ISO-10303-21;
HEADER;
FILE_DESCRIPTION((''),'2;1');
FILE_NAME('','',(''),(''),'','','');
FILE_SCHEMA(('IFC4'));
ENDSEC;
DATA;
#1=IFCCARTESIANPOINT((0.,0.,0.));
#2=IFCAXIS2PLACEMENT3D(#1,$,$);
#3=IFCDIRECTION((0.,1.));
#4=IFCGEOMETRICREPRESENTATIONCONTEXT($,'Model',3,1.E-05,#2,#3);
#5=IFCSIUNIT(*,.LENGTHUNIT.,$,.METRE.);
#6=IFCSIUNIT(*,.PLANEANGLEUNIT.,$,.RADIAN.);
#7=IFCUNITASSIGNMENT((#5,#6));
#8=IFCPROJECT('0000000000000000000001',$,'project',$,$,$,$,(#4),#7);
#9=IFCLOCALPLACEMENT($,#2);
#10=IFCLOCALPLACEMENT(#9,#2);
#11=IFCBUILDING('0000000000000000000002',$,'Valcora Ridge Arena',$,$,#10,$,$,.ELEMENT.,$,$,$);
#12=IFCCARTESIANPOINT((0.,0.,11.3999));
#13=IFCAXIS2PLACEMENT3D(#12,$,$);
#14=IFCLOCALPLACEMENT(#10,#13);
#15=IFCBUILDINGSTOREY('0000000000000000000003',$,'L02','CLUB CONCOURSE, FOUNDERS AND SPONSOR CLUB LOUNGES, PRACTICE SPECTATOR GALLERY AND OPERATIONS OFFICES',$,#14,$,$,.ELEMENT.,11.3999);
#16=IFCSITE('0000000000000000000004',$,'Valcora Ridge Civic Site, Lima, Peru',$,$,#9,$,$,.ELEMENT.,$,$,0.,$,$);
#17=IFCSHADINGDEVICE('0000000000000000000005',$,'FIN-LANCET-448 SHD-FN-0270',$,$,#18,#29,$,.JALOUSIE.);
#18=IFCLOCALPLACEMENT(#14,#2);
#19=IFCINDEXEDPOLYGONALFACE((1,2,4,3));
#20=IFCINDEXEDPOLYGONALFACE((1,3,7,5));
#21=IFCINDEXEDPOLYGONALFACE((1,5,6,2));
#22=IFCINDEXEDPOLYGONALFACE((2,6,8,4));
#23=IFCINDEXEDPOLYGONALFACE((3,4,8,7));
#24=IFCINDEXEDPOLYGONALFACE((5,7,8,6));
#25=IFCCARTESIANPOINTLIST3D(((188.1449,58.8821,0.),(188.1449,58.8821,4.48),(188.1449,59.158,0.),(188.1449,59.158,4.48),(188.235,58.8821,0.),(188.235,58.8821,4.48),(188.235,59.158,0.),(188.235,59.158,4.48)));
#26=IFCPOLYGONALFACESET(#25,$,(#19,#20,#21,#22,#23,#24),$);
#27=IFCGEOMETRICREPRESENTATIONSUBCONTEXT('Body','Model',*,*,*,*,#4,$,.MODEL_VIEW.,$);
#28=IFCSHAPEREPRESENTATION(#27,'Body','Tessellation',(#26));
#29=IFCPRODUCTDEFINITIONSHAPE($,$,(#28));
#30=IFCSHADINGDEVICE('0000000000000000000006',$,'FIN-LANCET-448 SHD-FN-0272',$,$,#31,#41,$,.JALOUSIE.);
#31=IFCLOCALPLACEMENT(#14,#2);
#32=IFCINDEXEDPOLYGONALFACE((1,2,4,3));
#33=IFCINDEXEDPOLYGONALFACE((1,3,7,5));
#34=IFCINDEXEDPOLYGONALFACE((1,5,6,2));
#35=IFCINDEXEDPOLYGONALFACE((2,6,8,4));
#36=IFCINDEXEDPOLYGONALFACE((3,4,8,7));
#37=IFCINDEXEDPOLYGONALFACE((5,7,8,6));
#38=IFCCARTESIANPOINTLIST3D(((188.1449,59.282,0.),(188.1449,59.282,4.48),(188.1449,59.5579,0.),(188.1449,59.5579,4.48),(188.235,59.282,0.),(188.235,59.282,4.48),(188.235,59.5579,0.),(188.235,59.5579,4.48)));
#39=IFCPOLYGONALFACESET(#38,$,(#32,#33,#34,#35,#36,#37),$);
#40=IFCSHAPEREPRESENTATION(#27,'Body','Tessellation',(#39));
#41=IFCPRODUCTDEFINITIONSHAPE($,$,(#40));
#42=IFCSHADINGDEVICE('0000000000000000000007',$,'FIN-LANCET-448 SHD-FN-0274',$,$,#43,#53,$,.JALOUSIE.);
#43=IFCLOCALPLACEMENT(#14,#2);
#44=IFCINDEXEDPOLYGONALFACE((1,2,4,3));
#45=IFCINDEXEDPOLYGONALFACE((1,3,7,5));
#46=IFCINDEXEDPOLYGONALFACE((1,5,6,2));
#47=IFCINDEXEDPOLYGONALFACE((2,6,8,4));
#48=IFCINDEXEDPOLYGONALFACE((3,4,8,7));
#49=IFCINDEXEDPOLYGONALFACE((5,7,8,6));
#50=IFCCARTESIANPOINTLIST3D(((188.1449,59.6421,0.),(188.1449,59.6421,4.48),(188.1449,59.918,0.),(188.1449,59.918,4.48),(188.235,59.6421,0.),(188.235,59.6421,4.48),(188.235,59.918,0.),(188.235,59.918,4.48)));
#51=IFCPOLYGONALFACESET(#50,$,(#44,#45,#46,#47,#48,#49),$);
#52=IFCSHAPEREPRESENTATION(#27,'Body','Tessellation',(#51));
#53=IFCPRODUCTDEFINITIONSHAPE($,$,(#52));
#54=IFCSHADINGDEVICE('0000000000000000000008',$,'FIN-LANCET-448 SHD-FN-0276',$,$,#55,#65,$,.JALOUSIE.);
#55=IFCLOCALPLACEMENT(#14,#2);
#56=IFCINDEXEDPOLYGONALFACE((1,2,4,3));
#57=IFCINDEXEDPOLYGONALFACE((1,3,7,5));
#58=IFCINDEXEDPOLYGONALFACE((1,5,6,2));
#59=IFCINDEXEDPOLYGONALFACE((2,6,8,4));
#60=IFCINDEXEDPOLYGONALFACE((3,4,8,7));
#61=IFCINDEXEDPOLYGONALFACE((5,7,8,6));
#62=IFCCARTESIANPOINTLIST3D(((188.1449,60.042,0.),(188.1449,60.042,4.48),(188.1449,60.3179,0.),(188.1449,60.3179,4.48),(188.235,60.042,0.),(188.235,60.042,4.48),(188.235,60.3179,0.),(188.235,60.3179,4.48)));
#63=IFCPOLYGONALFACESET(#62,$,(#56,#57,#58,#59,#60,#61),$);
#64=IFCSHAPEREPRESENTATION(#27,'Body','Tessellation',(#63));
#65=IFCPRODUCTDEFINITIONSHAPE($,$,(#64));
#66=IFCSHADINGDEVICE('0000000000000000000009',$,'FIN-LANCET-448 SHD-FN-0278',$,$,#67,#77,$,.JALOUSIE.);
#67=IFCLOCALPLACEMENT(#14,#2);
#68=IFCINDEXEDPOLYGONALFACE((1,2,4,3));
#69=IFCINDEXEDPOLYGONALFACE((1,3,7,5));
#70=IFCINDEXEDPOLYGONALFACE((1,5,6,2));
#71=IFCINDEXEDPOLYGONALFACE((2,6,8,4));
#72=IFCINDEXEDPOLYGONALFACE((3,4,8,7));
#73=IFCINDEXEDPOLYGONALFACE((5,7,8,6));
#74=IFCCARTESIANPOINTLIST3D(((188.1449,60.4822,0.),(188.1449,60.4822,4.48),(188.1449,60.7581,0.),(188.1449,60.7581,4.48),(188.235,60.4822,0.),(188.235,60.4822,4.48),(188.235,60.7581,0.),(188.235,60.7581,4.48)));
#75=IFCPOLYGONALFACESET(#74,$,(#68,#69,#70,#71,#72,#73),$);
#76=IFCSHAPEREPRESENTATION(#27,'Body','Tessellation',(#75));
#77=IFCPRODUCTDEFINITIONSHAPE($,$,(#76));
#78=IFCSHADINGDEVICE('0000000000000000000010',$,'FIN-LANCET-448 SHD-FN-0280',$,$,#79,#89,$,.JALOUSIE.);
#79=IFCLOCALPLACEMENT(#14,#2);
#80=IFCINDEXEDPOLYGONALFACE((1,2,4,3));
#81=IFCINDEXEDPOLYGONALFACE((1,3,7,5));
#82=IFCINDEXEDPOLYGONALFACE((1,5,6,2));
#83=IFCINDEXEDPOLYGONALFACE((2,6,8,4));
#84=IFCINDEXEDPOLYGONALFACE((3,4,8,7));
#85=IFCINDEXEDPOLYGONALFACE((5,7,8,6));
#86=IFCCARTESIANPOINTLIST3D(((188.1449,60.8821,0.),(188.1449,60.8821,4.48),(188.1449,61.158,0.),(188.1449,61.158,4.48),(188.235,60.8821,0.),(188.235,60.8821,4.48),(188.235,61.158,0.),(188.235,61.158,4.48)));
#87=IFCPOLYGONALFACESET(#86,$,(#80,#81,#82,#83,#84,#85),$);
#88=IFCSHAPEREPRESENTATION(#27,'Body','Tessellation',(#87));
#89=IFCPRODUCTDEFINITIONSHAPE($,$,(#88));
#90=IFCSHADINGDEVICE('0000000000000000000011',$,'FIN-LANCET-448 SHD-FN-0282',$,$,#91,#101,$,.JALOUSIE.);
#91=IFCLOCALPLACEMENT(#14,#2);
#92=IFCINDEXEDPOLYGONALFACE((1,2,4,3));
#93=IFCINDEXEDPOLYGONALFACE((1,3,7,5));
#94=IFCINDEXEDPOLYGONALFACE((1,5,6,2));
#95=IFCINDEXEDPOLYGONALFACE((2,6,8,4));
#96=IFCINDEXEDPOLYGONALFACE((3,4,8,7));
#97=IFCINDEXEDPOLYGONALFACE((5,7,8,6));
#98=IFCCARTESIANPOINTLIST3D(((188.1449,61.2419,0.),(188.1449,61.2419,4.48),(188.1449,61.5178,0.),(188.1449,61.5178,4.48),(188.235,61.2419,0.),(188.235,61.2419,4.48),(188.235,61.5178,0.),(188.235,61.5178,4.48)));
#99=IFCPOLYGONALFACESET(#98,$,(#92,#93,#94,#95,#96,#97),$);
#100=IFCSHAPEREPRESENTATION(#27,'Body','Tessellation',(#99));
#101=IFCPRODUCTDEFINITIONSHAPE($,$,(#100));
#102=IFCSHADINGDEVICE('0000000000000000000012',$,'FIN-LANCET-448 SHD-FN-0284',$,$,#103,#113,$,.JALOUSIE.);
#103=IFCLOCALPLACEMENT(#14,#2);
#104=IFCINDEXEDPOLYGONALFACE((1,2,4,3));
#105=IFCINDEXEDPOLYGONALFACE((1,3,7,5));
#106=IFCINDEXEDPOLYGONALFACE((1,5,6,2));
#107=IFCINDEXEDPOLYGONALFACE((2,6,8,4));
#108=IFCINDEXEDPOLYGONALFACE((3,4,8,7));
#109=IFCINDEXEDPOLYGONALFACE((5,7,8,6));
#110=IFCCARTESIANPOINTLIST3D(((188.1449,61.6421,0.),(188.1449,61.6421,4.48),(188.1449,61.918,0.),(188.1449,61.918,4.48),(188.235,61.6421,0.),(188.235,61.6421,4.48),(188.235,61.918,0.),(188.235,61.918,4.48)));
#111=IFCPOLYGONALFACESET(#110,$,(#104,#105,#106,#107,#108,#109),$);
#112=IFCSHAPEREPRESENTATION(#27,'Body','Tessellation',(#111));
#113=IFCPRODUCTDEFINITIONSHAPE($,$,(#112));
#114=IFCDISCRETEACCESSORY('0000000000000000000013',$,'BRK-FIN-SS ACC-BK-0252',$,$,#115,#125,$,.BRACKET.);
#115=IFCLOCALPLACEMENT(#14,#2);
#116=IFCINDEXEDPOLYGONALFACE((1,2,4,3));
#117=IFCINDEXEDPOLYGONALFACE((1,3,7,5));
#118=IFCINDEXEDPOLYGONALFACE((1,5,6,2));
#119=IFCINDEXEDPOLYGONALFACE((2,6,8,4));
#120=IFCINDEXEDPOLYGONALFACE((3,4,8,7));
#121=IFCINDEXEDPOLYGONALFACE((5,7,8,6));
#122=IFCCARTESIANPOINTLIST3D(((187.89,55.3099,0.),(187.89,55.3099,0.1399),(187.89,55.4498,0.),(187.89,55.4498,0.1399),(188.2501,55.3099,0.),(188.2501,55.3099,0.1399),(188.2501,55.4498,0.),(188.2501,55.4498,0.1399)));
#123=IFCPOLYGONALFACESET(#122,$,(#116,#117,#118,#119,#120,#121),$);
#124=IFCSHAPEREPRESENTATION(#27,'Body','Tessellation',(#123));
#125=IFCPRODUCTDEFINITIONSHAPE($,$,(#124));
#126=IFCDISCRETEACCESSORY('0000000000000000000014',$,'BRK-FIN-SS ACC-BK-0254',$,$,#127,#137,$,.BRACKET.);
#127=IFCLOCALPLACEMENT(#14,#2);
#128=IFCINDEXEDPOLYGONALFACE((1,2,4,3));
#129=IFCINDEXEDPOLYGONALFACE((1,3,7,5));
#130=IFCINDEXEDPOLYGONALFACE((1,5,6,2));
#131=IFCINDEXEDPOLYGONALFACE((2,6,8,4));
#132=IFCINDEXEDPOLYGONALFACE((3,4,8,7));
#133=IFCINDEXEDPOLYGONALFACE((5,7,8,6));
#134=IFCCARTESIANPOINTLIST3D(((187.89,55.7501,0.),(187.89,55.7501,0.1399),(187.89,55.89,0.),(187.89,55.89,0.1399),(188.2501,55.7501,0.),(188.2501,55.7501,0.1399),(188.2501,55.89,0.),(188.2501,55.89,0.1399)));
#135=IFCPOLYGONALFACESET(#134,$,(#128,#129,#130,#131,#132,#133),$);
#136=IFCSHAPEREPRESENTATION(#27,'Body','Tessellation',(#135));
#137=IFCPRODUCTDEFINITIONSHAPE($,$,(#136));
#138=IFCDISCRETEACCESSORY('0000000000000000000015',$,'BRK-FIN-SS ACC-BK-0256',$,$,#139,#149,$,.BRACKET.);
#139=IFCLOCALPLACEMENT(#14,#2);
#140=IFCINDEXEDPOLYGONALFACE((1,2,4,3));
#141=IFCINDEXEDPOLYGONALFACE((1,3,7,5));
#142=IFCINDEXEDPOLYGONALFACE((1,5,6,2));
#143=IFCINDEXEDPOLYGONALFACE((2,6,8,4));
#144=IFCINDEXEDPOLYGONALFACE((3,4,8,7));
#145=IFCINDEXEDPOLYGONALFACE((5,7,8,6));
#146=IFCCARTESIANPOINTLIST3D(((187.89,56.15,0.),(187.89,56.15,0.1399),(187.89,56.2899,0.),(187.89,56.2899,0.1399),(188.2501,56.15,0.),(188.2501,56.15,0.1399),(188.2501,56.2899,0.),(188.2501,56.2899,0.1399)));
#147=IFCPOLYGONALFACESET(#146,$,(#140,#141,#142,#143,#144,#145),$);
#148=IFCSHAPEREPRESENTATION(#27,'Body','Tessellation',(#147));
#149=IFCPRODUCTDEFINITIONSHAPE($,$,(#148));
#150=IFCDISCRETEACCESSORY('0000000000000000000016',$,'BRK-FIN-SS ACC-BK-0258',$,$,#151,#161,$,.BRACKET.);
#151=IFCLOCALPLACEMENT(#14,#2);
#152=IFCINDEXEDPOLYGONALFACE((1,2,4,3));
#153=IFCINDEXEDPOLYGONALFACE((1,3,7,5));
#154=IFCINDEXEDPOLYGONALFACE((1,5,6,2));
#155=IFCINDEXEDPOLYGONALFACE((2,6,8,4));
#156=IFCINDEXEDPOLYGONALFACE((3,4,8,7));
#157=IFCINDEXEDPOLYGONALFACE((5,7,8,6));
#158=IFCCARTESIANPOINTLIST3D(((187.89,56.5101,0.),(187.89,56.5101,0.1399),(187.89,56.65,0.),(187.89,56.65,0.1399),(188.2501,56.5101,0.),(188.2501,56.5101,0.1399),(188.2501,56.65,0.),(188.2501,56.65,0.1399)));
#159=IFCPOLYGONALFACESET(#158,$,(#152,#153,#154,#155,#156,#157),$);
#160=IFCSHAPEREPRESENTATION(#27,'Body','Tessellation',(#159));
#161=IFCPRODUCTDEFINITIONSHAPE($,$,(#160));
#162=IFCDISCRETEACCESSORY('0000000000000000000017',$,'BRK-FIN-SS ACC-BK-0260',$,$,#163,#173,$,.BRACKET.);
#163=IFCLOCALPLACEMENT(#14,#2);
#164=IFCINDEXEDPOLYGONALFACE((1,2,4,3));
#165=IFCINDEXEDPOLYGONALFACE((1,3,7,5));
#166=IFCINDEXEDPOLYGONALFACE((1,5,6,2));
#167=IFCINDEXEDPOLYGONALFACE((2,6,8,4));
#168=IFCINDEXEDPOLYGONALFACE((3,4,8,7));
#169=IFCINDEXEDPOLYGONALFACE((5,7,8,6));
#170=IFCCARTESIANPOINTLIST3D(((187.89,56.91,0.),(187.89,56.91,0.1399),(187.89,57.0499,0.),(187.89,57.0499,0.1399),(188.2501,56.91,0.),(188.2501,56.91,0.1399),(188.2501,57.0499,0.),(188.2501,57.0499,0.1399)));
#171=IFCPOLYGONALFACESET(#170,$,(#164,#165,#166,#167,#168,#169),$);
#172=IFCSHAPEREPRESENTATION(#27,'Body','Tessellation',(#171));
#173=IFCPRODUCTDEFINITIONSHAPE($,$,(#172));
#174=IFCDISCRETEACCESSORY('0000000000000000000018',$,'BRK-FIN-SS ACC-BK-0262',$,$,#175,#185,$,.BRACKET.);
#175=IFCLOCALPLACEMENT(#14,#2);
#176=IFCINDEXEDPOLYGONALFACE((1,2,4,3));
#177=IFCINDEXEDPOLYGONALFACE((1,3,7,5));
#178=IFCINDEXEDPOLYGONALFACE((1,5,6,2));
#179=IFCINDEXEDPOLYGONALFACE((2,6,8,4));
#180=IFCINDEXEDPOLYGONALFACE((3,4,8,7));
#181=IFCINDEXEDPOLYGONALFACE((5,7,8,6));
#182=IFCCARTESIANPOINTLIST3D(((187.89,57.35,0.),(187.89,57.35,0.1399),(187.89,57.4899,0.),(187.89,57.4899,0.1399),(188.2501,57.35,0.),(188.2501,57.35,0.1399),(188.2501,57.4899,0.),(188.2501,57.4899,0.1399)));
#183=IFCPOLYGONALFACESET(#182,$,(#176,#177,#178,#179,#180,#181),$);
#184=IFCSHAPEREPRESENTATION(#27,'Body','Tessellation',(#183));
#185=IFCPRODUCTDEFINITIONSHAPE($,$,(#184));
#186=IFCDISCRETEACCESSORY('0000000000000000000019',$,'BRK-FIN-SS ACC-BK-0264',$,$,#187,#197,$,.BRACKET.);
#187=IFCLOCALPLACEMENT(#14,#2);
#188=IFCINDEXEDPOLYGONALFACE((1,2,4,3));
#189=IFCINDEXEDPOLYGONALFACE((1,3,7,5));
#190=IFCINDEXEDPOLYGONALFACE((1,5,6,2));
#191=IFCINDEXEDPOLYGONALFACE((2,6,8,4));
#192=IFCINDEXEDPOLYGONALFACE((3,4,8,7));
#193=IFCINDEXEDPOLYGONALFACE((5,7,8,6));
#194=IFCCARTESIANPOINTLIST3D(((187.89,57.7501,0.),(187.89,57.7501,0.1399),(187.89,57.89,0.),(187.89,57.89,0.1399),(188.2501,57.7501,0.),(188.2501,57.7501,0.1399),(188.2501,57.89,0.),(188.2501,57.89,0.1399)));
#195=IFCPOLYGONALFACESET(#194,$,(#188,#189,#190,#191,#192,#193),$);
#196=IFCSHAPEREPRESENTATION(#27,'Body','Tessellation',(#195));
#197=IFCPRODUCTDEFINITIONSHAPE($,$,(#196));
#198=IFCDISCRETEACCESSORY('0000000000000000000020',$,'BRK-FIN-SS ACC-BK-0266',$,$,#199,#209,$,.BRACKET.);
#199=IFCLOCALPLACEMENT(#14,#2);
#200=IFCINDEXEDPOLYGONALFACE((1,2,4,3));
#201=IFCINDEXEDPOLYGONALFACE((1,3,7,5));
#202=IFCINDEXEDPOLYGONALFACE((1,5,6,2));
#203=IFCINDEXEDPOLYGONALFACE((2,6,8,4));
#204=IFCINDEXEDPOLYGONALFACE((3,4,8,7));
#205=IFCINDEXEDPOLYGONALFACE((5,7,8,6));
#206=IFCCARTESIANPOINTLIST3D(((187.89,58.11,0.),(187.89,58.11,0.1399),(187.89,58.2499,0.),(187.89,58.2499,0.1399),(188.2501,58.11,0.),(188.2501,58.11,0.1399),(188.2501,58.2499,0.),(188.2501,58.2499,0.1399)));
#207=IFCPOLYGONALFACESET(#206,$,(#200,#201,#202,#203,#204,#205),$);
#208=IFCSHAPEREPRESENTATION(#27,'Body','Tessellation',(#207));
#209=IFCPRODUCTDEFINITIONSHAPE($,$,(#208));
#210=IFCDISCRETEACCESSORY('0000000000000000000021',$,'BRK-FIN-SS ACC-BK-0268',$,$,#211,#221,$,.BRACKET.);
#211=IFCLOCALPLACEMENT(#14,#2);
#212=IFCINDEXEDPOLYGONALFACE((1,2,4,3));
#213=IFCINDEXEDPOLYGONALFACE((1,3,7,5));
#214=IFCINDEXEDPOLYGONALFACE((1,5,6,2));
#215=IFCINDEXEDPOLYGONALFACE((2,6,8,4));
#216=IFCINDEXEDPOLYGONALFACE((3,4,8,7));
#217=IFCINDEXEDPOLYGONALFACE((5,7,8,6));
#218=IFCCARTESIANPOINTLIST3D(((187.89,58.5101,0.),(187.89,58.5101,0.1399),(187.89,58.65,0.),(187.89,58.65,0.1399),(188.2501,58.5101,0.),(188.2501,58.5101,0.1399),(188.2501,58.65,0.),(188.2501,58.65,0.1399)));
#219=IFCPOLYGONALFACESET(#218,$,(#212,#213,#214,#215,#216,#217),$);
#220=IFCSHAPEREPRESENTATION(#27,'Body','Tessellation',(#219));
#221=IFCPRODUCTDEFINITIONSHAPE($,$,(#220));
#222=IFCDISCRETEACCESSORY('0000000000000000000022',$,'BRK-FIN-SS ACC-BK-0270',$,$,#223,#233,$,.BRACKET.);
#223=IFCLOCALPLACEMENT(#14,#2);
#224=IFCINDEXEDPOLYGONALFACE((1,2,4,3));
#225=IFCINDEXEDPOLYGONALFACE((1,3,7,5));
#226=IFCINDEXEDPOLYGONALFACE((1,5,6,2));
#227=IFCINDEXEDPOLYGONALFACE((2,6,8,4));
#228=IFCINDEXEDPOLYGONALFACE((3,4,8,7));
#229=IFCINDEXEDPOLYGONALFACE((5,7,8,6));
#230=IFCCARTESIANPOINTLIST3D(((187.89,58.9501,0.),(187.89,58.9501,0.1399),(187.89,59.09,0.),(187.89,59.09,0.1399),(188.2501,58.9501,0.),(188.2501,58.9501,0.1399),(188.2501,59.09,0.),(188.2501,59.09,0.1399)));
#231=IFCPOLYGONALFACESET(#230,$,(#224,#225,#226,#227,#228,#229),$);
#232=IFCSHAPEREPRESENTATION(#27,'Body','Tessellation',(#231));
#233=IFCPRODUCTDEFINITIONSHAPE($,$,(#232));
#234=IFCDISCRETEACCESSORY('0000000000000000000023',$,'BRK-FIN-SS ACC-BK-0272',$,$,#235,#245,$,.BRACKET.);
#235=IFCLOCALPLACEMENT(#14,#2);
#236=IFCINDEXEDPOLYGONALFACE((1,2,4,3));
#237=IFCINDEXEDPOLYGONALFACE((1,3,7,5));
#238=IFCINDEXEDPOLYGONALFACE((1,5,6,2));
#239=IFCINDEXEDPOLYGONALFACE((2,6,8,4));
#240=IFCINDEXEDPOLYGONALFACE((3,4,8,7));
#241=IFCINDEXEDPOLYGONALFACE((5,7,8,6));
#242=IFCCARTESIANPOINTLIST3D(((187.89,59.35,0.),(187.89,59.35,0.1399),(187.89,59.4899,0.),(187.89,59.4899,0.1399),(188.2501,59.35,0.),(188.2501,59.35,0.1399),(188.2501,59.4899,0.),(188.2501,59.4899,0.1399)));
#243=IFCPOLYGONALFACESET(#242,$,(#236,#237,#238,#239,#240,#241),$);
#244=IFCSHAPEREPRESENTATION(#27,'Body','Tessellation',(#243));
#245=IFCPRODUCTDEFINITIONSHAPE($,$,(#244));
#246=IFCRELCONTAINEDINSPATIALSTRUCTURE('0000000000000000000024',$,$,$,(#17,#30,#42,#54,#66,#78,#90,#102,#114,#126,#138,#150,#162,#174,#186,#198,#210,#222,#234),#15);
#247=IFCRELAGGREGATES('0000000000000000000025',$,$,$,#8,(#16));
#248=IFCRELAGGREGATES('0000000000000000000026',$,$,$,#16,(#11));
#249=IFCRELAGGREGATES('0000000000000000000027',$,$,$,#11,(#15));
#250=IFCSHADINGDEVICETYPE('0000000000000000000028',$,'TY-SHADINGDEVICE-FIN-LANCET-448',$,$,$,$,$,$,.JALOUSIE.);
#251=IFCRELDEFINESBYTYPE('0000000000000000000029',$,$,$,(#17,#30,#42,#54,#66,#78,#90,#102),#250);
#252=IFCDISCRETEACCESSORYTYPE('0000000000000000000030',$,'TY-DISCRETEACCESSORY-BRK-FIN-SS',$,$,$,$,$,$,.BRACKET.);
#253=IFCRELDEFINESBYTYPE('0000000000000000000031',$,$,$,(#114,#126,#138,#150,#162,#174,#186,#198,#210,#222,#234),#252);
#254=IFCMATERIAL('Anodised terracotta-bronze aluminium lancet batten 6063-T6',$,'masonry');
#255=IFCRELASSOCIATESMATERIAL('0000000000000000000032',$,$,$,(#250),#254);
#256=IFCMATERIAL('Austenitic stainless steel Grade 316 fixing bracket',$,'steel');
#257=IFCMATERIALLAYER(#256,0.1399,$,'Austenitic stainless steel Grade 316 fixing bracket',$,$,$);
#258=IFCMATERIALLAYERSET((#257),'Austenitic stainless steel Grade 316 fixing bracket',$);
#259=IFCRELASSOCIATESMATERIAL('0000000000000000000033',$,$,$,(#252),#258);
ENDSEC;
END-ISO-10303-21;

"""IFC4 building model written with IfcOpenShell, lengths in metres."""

from ifc_helpers import new_model, si_unit, direction, frame, origin, origin_2d, place, context, subcontext, project, spatial, rectangle, extrude, material, layer, layer_set, material_profile, profile_set, type_object, element, save


model = new_model("IFC4")

# Units and contexts
model_context = context("Model", 3, precision=1e-05, world=origin(), true_north=direction((0.0, 1.0)))
body_context = subcontext(model_context, "Body", "Model", "MODEL_VIEW")
ifc_project = project(units=[si_unit("LENGTHUNIT", "METRE"), si_unit("PLANEANGLEUNIT", "RADIAN")], contexts=[model_context])

# Site, building, storey
site_placement = place(None, origin())
site = spatial("IfcSite", under=ifc_project, at=site_placement, Name="Valcora Ridge Civic Site, Lima, Peru", CompositionType="ELEMENT", RefElevation=0.0)
building_placement = place(site_placement, origin())
building = spatial("IfcBuilding", under=site, at=building_placement, Name="Valcora Ridge Arena", CompositionType="ELEMENT")
storey_placement = place(building_placement, frame((0.0, 0.0, 11.3999)))
storey = spatial("IfcBuildingStorey", under=building, at=storey_placement, Name="L02", Description="CLUB CONCOURSE, FOUNDERS AND SPONSOR CLUB LOUNGES, PRACTICE SPECTATOR GALLERY AND OPERATIONS OFFICES", CompositionType="ELEMENT", Elevation=11.3999)

# Shading devices
ifc_material_1 = material(Name="Anodised terracotta-bronze aluminium lancet batten 6063-T6", Category="masonry")
ifc_material_profile_1 = material_profile(ifc_material_1, rectangle(XDim=0.0901, YDim=0.2759, at=origin_2d()), Name="ALU LANCET BATTEN 90x276")
ifc_profile_set_1 = profile_set([ifc_material_profile_1], Name="Anodised terracotta-bronze aluminium lancet batten 6063-T6")
shading_device_type = type_object("IfcShadingDeviceType", Name="TY-SHADINGDEVICE-FIN-LANCET-448", PredefinedType="JALOUSIE", material=ifc_profile_set_1)
for number, where, z_axis, x_axis, name in (
    (1, (188.1899, 59.02, 0.0), (0.0, 0.0, 1.0), (1.0, 0.0, 0.0), "FIN-LANCET-448 SHD-FN-0270"),
    (2, (188.1899, 59.4199, 0.0), (0.0, 0.0, 1.0), (1.0, 0.0, 0.0), "FIN-LANCET-448 SHD-FN-0272"),
    (3, (188.1899, 59.78, 0.0), (0.0, 0.0, 1.0), (1.0, 0.0, 0.0), "FIN-LANCET-448 SHD-FN-0274"),
    (4, (188.1899, 60.1799, 0.0), (0.0, 0.0, 1.0), (1.0, 0.0, 0.0), "FIN-LANCET-448 SHD-FN-0276"),
    (5, (188.1899, 60.6201, 0.0), (0.0, 0.0, 1.0), (1.0, 0.0, 0.0), "FIN-LANCET-448 SHD-FN-0278"),
    (6, (188.1899, 61.02, 0.0), (0.0, 0.0, 1.0), (1.0, 0.0, 0.0), "FIN-LANCET-448 SHD-FN-0280"),
    (7, (188.1899, 61.3799, 0.0), (0.0, 0.0, 1.0), (1.0, 0.0, 0.0), "FIN-LANCET-448 SHD-FN-0282"),
    (8, (188.1899, 61.78, 0.0), (0.0, 0.0, 1.0), (1.0, 0.0, 0.0), "FIN-LANCET-448 SHD-FN-0284"),
):
    element("IfcShadingDevice", number, at=place(storey_placement, frame(where, z_axis=z_axis, x_axis=x_axis)), inside=storey, type_object=shading_device_type, Name=name, PredefinedType="JALOUSIE", context=body_context, shape_type="SweptSolid", body=[
        extrude(rectangle(XDim=0.0901, YDim=0.2759, at=origin_2d()), origin(), (0.0, 0.0, 1.0), 4.48),
    ])

# Discrete accessories
ifc_material_2 = material(Name="Austenitic stainless steel Grade 316 fixing bracket", Category="steel")
ifc_layer = layer(ifc_material_2, 0.1399, Name="Austenitic stainless steel Grade 316 fixing bracket")
ifc_layer_set = layer_set([ifc_layer], Name="Austenitic stainless steel Grade 316 fixing bracket")
discrete_accessory_type = type_object("IfcDiscreteAccessoryType", Name="TY-DISCRETEACCESSORY-BRK-FIN-SS", PredefinedType="BRACKET", material=ifc_layer_set)
for number, where, z_axis, x_axis, name in (
    (9, (188.0701, 55.3799, 0.0), (0.0, 0.0, 1.0), (1.0, 0.0, 0.0), "BRK-FIN-SS ACC-BK-0252"),
    (10, (188.0701, 55.8201, 0.0), (0.0, 0.0, 1.0), (1.0, 0.0, 0.0), "BRK-FIN-SS ACC-BK-0254"),
    (11, (188.0701, 56.22, 0.0), (0.0, 0.0, 1.0), (1.0, 0.0, 0.0), "BRK-FIN-SS ACC-BK-0256"),
    (12, (188.0701, 56.5801, 0.0), (0.0, 0.0, 1.0), (1.0, 0.0, 0.0), "BRK-FIN-SS ACC-BK-0258"),
    (13, (188.0701, 56.98, 0.0), (0.0, 0.0, 1.0), (1.0, 0.0, 0.0), "BRK-FIN-SS ACC-BK-0260"),
    (14, (188.0701, 57.4199, 0.0), (0.0, 0.0, 1.0), (1.0, 0.0, 0.0), "BRK-FIN-SS ACC-BK-0262"),
    (15, (188.0701, 57.8201, 0.0), (0.0, 0.0, 1.0), (1.0, 0.0, 0.0), "BRK-FIN-SS ACC-BK-0264"),
    (16, (188.0701, 58.1799, 0.0), (0.0, 0.0, 1.0), (1.0, 0.0, 0.0), "BRK-FIN-SS ACC-BK-0266"),
    (17, (188.0701, 58.5801, 0.0), (0.0, 0.0, 1.0), (1.0, 0.0, 0.0), "BRK-FIN-SS ACC-BK-0268"),
    (18, (188.0701, 59.02, 0.0), (0.0, 0.0, 1.0), (1.0, 0.0, 0.0), "BRK-FIN-SS ACC-BK-0270"),
    (19, (188.0701, 59.4199, 0.0), (0.0, 0.0, 1.0), (1.0, 0.0, 0.0), "BRK-FIN-SS ACC-BK-0272"),
):
    element("IfcDiscreteAccessory", number, at=place(storey_placement, frame(where, z_axis=z_axis, x_axis=x_axis)), inside=storey, type_object=discrete_accessory_type, Name=name, PredefinedType="BRACKET", context=body_context, shape_type="SweptSolid", body=[
        extrude(rectangle(XDim=0.3601, YDim=0.1399, at=origin_2d()), origin(), (0.0, 0.0, 1.0), 0.1399),
    ])

save(model, "model.ifc")
